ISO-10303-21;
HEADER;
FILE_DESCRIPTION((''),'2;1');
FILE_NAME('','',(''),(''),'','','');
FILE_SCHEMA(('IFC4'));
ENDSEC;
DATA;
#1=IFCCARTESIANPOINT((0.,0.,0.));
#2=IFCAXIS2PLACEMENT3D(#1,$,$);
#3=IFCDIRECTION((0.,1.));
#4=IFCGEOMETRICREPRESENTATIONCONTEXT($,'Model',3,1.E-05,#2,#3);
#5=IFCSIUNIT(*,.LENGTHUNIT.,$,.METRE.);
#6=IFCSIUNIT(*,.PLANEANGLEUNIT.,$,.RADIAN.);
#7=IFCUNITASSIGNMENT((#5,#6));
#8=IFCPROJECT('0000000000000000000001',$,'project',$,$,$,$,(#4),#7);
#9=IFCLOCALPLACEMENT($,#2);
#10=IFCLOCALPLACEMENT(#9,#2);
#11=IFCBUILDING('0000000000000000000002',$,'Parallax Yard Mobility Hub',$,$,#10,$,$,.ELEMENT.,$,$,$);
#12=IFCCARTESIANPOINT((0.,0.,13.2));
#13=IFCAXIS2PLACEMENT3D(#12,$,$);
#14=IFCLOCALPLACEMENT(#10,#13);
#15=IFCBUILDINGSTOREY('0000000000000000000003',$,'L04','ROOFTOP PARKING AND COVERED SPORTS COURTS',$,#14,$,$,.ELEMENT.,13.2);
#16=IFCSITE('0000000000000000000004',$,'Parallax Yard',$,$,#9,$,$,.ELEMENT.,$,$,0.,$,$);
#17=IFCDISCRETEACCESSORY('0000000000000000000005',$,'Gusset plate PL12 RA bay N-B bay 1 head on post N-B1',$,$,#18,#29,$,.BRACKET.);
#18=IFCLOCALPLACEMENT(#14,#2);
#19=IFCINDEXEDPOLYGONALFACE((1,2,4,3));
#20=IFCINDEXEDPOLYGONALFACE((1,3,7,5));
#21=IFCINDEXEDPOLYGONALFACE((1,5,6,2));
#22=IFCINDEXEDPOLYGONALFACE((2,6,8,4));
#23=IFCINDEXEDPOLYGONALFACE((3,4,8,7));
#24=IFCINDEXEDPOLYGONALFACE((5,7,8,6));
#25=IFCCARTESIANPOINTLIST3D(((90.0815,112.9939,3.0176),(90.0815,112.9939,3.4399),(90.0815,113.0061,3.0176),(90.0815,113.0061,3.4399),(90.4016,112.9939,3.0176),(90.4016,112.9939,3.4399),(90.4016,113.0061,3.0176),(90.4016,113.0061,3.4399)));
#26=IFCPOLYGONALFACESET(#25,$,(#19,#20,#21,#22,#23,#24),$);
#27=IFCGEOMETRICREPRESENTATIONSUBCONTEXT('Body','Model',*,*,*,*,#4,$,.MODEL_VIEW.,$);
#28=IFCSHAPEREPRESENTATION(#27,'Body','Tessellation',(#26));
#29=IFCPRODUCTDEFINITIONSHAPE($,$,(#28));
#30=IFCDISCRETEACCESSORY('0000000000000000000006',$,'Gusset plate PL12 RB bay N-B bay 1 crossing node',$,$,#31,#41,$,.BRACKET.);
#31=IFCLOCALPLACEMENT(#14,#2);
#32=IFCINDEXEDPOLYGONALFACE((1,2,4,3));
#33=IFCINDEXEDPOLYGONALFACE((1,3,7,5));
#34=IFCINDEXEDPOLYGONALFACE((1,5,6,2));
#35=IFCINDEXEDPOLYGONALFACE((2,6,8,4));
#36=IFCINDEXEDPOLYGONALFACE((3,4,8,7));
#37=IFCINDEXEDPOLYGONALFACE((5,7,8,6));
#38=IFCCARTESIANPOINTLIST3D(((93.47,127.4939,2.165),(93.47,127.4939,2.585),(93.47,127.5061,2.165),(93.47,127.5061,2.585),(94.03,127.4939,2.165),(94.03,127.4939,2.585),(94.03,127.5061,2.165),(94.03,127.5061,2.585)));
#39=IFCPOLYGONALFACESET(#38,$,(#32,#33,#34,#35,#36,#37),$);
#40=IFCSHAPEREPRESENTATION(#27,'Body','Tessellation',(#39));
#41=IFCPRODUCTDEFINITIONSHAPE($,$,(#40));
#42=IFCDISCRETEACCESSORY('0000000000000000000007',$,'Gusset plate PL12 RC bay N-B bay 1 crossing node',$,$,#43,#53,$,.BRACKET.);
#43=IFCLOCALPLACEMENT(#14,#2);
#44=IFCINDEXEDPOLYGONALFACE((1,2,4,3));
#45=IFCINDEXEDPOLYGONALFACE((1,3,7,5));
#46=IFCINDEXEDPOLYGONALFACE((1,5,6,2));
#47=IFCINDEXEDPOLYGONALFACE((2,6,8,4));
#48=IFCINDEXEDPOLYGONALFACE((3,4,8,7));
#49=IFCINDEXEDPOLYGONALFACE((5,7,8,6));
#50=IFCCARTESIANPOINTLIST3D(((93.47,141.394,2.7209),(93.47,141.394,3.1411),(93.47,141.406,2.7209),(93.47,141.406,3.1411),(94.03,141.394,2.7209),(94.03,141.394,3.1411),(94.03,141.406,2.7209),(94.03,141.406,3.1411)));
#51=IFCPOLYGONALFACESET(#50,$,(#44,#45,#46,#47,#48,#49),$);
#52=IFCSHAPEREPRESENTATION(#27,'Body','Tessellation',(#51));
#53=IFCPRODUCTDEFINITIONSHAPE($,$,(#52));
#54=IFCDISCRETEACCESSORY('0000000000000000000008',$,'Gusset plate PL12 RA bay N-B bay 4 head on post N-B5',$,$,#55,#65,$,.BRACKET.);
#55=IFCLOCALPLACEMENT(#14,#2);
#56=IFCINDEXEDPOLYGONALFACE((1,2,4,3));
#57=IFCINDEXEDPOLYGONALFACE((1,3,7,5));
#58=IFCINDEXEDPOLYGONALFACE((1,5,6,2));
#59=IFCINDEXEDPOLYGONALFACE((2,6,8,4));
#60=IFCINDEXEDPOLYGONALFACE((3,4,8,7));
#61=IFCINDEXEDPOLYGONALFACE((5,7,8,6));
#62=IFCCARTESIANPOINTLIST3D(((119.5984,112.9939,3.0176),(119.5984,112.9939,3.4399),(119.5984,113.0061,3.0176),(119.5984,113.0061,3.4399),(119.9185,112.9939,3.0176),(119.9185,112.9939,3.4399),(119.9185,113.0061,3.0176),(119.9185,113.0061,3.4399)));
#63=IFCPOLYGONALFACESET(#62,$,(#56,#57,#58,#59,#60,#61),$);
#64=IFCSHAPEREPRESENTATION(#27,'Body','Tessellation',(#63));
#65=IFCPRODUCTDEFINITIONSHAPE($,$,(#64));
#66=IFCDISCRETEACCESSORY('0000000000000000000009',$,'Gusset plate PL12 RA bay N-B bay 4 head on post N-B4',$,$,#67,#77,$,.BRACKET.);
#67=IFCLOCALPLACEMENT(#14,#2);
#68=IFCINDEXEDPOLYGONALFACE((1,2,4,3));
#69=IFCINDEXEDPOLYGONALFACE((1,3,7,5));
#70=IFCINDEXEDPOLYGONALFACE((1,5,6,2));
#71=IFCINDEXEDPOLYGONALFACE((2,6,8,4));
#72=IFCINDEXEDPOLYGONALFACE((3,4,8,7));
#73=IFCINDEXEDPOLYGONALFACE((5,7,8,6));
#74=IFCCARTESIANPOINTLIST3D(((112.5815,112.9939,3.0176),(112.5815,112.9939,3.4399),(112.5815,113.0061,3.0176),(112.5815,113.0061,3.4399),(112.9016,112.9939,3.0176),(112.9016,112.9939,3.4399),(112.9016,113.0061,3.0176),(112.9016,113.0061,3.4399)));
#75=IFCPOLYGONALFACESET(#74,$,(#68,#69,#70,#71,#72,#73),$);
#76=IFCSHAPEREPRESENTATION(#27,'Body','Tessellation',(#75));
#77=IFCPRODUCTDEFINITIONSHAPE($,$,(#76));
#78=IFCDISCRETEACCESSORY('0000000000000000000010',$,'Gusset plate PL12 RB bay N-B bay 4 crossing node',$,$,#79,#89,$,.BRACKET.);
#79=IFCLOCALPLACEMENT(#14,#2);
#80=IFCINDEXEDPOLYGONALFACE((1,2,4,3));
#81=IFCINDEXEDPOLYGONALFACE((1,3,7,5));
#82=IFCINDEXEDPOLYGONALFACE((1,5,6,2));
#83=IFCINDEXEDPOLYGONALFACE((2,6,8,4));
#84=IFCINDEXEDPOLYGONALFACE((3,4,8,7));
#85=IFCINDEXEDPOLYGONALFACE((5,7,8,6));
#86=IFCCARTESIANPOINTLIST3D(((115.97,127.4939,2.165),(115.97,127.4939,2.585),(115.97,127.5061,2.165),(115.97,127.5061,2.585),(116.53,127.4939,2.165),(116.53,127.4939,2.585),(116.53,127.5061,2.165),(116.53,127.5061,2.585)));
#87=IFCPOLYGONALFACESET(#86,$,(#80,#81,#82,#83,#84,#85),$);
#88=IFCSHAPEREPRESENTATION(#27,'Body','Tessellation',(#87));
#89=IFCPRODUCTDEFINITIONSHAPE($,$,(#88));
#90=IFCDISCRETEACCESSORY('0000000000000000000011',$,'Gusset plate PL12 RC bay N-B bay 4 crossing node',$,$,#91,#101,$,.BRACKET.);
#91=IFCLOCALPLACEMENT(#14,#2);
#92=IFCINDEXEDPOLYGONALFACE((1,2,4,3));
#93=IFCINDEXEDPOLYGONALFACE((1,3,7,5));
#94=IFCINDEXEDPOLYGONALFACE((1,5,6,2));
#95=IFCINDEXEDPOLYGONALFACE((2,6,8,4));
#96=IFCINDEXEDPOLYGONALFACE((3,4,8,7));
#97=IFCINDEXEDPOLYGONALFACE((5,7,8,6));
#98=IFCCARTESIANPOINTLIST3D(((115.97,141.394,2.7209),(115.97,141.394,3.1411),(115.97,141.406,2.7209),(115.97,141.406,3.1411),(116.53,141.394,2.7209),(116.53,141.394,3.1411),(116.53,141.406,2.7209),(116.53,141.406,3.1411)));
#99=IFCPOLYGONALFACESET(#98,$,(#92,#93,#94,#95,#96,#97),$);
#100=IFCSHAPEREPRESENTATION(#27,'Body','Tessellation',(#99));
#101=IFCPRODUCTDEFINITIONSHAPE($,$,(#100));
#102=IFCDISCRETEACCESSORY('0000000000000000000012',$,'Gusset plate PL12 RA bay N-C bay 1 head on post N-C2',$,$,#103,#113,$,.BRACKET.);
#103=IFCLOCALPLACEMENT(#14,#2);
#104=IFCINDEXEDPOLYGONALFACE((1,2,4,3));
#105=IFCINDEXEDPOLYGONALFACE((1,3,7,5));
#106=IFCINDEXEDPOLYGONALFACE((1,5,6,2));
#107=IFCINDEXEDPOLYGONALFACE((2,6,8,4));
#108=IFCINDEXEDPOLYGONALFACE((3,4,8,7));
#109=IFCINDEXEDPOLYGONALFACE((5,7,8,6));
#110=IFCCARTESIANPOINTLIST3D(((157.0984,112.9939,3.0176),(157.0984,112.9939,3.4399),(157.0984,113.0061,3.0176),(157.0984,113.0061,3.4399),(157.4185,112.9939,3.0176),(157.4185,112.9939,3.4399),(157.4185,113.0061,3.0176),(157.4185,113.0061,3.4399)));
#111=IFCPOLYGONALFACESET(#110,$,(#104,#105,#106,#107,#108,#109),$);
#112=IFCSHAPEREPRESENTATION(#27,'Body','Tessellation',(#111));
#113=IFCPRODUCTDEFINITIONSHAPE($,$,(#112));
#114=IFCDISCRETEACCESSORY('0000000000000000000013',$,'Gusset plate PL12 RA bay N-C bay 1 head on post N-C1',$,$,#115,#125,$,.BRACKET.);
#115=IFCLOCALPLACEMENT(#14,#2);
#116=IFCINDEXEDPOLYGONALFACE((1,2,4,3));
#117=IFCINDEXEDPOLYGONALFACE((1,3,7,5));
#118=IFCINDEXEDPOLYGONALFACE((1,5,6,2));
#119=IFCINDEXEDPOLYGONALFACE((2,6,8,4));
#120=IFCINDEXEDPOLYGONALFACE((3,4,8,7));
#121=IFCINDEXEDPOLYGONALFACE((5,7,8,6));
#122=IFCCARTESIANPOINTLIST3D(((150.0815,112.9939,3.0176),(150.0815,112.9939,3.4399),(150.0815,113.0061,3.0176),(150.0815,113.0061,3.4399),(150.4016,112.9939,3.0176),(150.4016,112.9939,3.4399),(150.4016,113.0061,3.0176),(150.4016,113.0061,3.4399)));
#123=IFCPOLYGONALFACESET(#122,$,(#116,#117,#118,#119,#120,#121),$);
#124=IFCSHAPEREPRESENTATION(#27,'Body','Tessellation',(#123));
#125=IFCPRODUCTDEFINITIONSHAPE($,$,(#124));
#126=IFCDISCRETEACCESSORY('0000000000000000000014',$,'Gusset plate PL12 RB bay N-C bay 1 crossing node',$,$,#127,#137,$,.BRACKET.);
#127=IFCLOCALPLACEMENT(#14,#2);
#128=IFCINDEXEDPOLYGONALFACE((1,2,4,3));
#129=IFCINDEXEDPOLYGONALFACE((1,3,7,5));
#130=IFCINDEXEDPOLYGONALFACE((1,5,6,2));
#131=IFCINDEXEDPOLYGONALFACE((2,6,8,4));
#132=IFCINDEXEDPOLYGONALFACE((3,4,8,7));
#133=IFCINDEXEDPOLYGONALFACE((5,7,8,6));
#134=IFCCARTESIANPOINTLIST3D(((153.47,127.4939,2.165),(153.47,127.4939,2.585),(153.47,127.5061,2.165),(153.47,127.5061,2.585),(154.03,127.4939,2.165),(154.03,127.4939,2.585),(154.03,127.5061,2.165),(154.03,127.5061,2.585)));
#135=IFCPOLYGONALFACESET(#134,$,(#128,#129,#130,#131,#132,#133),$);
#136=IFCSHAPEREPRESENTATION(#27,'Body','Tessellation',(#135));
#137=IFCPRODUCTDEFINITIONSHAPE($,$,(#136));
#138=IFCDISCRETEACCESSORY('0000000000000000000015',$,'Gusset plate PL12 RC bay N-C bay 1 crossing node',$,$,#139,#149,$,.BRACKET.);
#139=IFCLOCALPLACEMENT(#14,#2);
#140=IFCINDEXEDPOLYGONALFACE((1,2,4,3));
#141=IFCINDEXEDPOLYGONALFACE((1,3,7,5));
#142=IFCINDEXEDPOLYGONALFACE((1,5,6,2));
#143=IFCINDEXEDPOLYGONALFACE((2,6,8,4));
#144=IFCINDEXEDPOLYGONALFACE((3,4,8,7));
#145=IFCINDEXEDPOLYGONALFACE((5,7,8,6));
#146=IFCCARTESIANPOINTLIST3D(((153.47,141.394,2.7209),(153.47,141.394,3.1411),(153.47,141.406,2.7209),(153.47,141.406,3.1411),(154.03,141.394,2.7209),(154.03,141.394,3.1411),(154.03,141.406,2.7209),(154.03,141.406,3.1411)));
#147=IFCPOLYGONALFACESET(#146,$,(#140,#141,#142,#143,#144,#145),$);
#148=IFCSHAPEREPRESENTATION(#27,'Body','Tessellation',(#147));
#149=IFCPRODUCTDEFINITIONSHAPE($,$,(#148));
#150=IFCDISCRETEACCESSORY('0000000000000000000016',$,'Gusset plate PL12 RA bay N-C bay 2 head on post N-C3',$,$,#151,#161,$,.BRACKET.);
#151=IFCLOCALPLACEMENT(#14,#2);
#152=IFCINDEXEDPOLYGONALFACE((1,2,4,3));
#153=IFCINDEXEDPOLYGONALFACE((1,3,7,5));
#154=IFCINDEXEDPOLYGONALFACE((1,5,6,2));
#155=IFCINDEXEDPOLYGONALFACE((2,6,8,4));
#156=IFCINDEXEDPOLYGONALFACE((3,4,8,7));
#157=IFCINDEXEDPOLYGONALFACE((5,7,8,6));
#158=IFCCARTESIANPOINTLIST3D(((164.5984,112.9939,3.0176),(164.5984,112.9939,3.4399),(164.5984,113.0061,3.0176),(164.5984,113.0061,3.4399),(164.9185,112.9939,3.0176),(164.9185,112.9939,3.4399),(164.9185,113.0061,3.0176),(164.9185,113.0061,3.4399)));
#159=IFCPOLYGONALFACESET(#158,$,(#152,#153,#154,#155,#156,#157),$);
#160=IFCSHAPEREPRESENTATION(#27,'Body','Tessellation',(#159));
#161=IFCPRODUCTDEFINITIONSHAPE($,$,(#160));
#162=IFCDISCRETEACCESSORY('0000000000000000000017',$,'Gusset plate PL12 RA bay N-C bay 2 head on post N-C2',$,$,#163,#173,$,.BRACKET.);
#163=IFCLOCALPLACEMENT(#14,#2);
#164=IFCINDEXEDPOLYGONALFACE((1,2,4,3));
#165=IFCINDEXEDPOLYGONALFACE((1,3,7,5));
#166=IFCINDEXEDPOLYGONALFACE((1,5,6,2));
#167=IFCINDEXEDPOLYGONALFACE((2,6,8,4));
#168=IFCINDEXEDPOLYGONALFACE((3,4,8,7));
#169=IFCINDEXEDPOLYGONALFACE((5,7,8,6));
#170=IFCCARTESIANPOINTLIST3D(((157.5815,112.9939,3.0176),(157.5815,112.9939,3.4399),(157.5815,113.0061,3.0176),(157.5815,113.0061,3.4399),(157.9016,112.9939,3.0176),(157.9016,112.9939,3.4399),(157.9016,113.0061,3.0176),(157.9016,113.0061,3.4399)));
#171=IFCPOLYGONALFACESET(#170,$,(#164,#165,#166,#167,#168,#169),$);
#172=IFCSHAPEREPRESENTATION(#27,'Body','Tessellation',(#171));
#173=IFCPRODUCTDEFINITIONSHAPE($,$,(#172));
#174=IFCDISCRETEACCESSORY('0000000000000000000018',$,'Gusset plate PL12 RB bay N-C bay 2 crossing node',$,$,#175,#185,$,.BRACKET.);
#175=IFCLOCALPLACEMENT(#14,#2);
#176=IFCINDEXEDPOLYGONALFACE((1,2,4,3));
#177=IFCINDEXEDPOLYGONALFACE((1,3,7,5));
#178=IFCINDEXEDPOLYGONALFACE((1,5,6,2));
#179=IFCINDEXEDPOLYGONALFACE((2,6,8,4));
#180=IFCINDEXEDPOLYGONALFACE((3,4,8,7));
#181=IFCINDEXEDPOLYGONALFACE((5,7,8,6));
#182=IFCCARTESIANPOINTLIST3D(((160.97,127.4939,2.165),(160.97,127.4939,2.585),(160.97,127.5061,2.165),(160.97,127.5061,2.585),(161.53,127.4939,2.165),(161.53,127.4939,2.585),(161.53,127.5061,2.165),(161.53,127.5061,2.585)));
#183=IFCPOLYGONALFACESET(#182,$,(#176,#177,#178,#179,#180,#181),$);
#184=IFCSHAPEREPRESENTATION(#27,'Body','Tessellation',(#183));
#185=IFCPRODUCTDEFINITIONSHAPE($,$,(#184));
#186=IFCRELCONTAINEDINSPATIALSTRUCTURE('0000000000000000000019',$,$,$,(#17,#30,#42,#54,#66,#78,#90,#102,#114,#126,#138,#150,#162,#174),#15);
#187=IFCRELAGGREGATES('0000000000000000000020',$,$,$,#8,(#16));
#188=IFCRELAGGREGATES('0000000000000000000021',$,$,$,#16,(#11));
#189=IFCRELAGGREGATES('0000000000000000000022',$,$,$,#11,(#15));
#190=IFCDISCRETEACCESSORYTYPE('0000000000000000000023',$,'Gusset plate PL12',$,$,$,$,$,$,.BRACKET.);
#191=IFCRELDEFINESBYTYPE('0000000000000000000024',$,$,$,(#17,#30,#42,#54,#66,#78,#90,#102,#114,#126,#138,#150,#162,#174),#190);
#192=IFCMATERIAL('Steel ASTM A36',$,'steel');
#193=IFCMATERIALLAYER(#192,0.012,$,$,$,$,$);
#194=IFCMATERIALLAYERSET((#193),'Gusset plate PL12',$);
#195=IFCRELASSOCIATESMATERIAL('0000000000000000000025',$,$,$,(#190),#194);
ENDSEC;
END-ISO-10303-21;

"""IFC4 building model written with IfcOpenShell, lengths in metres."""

from ifc_helpers import new_model, si_unit, direction, frame, origin, place, context, subcontext, project, spatial, polyline, outline, extrude, material, layer, layer_set, type_object, element, save


model = new_model("IFC4")

# Units and contexts
model_context = context("Model", 3, precision=1e-05, world=origin(), true_north=direction((0.0, 1.0)))
body_context = subcontext(model_context, "Body", "Model", "MODEL_VIEW")
ifc_project = project(units=[si_unit("LENGTHUNIT", "METRE"), si_unit("PLANEANGLEUNIT", "RADIAN")], contexts=[model_context])

# Site, building, storey
site_placement = place(None, origin())
site = spatial("IfcSite", under=ifc_project, at=site_placement, Name="Parallax Yard", CompositionType="ELEMENT", RefElevation=0.0)
building_placement = place(site_placement, origin())
building = spatial("IfcBuilding", under=site, at=building_placement, Name="Parallax Yard Mobility Hub", CompositionType="ELEMENT")
storey_placement = place(building_placement, frame((0.0, 0.0, 13.2)))
storey = spatial("IfcBuildingStorey", under=building, at=storey_placement, Name="L04", Description="ROOFTOP PARKING AND COVERED SPORTS COURTS", CompositionType="ELEMENT", Elevation=13.2)

# Discrete accessories
ifc_material = material(Name="Steel ASTM A36", Category="steel")
ifc_layer = layer(ifc_material, 0.012)
ifc_layer_set = layer_set([ifc_layer], Name="Gusset plate PL12")
discrete_accessory_type = type_object("IfcDiscreteAccessoryType", Name="Gusset plate PL12", PredefinedType="BRACKET", material=ifc_layer_set)
discrete_accessory_1_placement = place(storey_placement, frame((0.0, 0.0, 3.0176)))
element("IfcDiscreteAccessory", 1, at=discrete_accessory_1_placement, inside=storey, type_object=discrete_accessory_type, Name="Gusset plate PL12 RA bay N-B bay 1 head on post N-B1", PredefinedType="BRACKET", context=body_context, shape_type="SweptSolid", body=[
    extrude(outline(polyline([(90.0815, 112.9939), (90.4016, 112.9939), (90.4016, 113.0061), (90.0815, 113.0061), (90.0815, 112.9939)])), origin(), (0.0, 0.0, 1.0), 0.4224),
])
discrete_accessory_2_placement = place(storey_placement, frame((0.0, 0.0, 2.165)))
element("IfcDiscreteAccessory", 2, at=discrete_accessory_2_placement, inside=storey, type_object=discrete_accessory_type, Name="Gusset plate PL12 RB bay N-B bay 1 crossing node", PredefinedType="BRACKET", context=body_context, shape_type="SweptSolid", body=[
    extrude(outline(polyline([(93.47, 127.4939), (94.03, 127.4939), (94.03, 127.5061), (93.47, 127.5061), (93.47, 127.4939)])), origin(), (0.0, 0.0, 1.0), 0.4199),
])
discrete_accessory_3_placement = place(storey_placement, frame((0.0, 0.0, 2.7209)))
element("IfcDiscreteAccessory", 3, at=discrete_accessory_3_placement, inside=storey, type_object=discrete_accessory_type, Name="Gusset plate PL12 RC bay N-B bay 1 crossing node", PredefinedType="BRACKET", context=body_context, shape_type="SweptSolid", body=[
    extrude(outline(polyline([(93.47, 141.394), (94.03, 141.394), (94.03, 141.406), (93.47, 141.406), (93.47, 141.394)])), origin(), (0.0, 0.0, 1.0), 0.4202),
])
discrete_accessory_4_placement = place(storey_placement, frame((0.0, 0.0, 3.0176)))
element("IfcDiscreteAccessory", 4, at=discrete_accessory_4_placement, inside=storey, type_object=discrete_accessory_type, Name="Gusset plate PL12 RA bay N-B bay 4 head on post N-B5", PredefinedType="BRACKET", context=body_context, shape_type="SweptSolid", body=[
    extrude(outline(polyline([(119.9185, 113.0061), (119.5984, 113.0061), (119.5984, 112.9939), (119.9185, 112.9939), (119.9185, 113.0061)])), origin(), (0.0, 0.0, 1.0), 0.4224),
])
discrete_accessory_5_placement = place(storey_placement, frame((0.0, 0.0, 3.0176)))
element("IfcDiscreteAccessory", 5, at=discrete_accessory_5_placement, inside=storey, type_object=discrete_accessory_type, Name="Gusset plate PL12 RA bay N-B bay 4 head on post N-B4", PredefinedType="BRACKET", context=body_context, shape_type="SweptSolid", body=[
    extrude(outline(polyline([(112.5815, 112.9939), (112.9016, 112.9939), (112.9016, 113.0061), (112.5815, 113.0061), (112.5815, 112.9939)])), origin(), (0.0, 0.0, 1.0), 0.4224),
])
discrete_accessory_6_placement = place(storey_placement, frame((0.0, 0.0, 2.165)))
element("IfcDiscreteAccessory", 6, at=discrete_accessory_6_placement, inside=storey, type_object=discrete_accessory_type, Name="Gusset plate PL12 RB bay N-B bay 4 crossing node", PredefinedType="BRACKET", context=body_context, shape_type="SweptSolid", body=[
    extrude(outline(polyline([(115.97, 127.4939), (116.53, 127.4939), (116.53, 127.5061), (115.97, 127.5061), (115.97, 127.4939)])), origin(), (0.0, 0.0, 1.0), 0.4199),
])
discrete_accessory_7_placement = place(storey_placement, frame((0.0, 0.0, 2.7209)))
element("IfcDiscreteAccessory", 7, at=discrete_accessory_7_placement, inside=storey, type_object=discrete_accessory_type, Name="Gusset plate PL12 RC bay N-B bay 4 crossing node", PredefinedType="BRACKET", context=body_context, shape_type="SweptSolid", body=[
    extrude(outline(polyline([(115.97, 141.394), (116.53, 141.394), (116.53, 141.406), (115.97, 141.406), (115.97, 141.394)])), origin(), (0.0, 0.0, 1.0), 0.4202),
])
discrete_accessory_8_placement = place(storey_placement, frame((0.0, 0.0, 3.0176)))
element("IfcDiscreteAccessory", 8, at=discrete_accessory_8_placement, inside=storey, type_object=discrete_accessory_type, Name="Gusset plate PL12 RA bay N-C bay 1 head on post N-C2", PredefinedType="BRACKET", context=body_context, shape_type="SweptSolid", body=[
    extrude(outline(polyline([(157.4185, 113.0061), (157.0984, 113.0061), (157.0984, 112.9939), (157.4185, 112.9939), (157.4185, 113.0061)])), origin(), (0.0, 0.0, 1.0), 0.4224),
])
discrete_accessory_9_placement = place(storey_placement, frame((0.0, 0.0, 3.0176)))
element("IfcDiscreteAccessory", 9, at=discrete_accessory_9_placement, inside=storey, type_object=discrete_accessory_type, Name="Gusset plate PL12 RA bay N-C bay 1 head on post N-C1", PredefinedType="BRACKET", context=body_context, shape_type="SweptSolid", body=[
    extrude(outline(polyline([(150.0815, 112.9939), (150.4016, 112.9939), (150.4016, 113.0061), (150.0815, 113.0061), (150.0815, 112.9939)])), origin(), (0.0, 0.0, 1.0), 0.4224),
])
discrete_accessory_10_placement = place(storey_placement, frame((0.0, 0.0, 2.165)))
element("IfcDiscreteAccessory", 10, at=discrete_accessory_10_placement, inside=storey, type_object=discrete_accessory_type, Name="Gusset plate PL12 RB bay N-C bay 1 crossing node", PredefinedType="BRACKET", context=body_context, shape_type="SweptSolid", body=[
    extrude(outline(polyline([(153.47, 127.4939), (154.03, 127.4939), (154.03, 127.5061), (153.47, 127.5061), (153.47, 127.4939)])), origin(), (0.0, 0.0, 1.0), 0.4199),
])
discrete_accessory_11_placement = place(storey_placement, frame((0.0, 0.0, 2.7209)))
element("IfcDiscreteAccessory", 11, at=discrete_accessory_11_placement, inside=storey, type_object=discrete_accessory_type, Name="Gusset plate PL12 RC bay N-C bay 1 crossing node", PredefinedType="BRACKET", context=body_context, shape_type="SweptSolid", body=[
    extrude(outline(polyline([(153.47, 141.394), (154.03, 141.394), (154.03, 141.406), (153.47, 141.406), (153.47, 141.394)])), origin(), (0.0, 0.0, 1.0), 0.4202),
])
discrete_accessory_12_placement = place(storey_placement, frame((0.0, 0.0, 3.0176)))
element("IfcDiscreteAccessory", 12, at=discrete_accessory_12_placement, inside=storey, type_object=discrete_accessory_type, Name="Gusset plate PL12 RA bay N-C bay 2 head on post N-C3", PredefinedType="BRACKET", context=body_context, shape_type="SweptSolid", body=[
    extrude(outline(polyline([(164.9185, 113.0061), (164.5984, 113.0061), (164.5984, 112.9939), (164.9185, 112.9939), (164.9185, 113.0061)])), origin(), (0.0, 0.0, 1.0), 0.4224),
])
discrete_accessory_13_placement = place(storey_placement, frame((0.0, 0.0, 3.0176)))
element("IfcDiscreteAccessory", 13, at=discrete_accessory_13_placement, inside=storey, type_object=discrete_accessory_type, Name="Gusset plate PL12 RA bay N-C bay 2 head on post N-C2", PredefinedType="BRACKET", context=body_context, shape_type="SweptSolid", body=[
    extrude(outline(polyline([(157.5815, 112.9939), (157.9016, 112.9939), (157.9016, 113.0061), (157.5815, 113.0061), (157.5815, 112.9939)])), origin(), (0.0, 0.0, 1.0), 0.4224),
])
discrete_accessory_14_placement = place(storey_placement, frame((0.0, 0.0, 2.165)))
element("IfcDiscreteAccessory", 14, at=discrete_accessory_14_placement, inside=storey, type_object=discrete_accessory_type, Name="Gusset plate PL12 RB bay N-C bay 2 crossing node", PredefinedType="BRACKET", context=body_context, shape_type="SweptSolid", body=[
    extrude(outline(polyline([(160.97, 127.4939), (161.53, 127.4939), (161.53, 127.5061), (160.97, 127.5061), (160.97, 127.4939)])), origin(), (0.0, 0.0, 1.0), 0.4199),
])

save(model, "model.ifc")
